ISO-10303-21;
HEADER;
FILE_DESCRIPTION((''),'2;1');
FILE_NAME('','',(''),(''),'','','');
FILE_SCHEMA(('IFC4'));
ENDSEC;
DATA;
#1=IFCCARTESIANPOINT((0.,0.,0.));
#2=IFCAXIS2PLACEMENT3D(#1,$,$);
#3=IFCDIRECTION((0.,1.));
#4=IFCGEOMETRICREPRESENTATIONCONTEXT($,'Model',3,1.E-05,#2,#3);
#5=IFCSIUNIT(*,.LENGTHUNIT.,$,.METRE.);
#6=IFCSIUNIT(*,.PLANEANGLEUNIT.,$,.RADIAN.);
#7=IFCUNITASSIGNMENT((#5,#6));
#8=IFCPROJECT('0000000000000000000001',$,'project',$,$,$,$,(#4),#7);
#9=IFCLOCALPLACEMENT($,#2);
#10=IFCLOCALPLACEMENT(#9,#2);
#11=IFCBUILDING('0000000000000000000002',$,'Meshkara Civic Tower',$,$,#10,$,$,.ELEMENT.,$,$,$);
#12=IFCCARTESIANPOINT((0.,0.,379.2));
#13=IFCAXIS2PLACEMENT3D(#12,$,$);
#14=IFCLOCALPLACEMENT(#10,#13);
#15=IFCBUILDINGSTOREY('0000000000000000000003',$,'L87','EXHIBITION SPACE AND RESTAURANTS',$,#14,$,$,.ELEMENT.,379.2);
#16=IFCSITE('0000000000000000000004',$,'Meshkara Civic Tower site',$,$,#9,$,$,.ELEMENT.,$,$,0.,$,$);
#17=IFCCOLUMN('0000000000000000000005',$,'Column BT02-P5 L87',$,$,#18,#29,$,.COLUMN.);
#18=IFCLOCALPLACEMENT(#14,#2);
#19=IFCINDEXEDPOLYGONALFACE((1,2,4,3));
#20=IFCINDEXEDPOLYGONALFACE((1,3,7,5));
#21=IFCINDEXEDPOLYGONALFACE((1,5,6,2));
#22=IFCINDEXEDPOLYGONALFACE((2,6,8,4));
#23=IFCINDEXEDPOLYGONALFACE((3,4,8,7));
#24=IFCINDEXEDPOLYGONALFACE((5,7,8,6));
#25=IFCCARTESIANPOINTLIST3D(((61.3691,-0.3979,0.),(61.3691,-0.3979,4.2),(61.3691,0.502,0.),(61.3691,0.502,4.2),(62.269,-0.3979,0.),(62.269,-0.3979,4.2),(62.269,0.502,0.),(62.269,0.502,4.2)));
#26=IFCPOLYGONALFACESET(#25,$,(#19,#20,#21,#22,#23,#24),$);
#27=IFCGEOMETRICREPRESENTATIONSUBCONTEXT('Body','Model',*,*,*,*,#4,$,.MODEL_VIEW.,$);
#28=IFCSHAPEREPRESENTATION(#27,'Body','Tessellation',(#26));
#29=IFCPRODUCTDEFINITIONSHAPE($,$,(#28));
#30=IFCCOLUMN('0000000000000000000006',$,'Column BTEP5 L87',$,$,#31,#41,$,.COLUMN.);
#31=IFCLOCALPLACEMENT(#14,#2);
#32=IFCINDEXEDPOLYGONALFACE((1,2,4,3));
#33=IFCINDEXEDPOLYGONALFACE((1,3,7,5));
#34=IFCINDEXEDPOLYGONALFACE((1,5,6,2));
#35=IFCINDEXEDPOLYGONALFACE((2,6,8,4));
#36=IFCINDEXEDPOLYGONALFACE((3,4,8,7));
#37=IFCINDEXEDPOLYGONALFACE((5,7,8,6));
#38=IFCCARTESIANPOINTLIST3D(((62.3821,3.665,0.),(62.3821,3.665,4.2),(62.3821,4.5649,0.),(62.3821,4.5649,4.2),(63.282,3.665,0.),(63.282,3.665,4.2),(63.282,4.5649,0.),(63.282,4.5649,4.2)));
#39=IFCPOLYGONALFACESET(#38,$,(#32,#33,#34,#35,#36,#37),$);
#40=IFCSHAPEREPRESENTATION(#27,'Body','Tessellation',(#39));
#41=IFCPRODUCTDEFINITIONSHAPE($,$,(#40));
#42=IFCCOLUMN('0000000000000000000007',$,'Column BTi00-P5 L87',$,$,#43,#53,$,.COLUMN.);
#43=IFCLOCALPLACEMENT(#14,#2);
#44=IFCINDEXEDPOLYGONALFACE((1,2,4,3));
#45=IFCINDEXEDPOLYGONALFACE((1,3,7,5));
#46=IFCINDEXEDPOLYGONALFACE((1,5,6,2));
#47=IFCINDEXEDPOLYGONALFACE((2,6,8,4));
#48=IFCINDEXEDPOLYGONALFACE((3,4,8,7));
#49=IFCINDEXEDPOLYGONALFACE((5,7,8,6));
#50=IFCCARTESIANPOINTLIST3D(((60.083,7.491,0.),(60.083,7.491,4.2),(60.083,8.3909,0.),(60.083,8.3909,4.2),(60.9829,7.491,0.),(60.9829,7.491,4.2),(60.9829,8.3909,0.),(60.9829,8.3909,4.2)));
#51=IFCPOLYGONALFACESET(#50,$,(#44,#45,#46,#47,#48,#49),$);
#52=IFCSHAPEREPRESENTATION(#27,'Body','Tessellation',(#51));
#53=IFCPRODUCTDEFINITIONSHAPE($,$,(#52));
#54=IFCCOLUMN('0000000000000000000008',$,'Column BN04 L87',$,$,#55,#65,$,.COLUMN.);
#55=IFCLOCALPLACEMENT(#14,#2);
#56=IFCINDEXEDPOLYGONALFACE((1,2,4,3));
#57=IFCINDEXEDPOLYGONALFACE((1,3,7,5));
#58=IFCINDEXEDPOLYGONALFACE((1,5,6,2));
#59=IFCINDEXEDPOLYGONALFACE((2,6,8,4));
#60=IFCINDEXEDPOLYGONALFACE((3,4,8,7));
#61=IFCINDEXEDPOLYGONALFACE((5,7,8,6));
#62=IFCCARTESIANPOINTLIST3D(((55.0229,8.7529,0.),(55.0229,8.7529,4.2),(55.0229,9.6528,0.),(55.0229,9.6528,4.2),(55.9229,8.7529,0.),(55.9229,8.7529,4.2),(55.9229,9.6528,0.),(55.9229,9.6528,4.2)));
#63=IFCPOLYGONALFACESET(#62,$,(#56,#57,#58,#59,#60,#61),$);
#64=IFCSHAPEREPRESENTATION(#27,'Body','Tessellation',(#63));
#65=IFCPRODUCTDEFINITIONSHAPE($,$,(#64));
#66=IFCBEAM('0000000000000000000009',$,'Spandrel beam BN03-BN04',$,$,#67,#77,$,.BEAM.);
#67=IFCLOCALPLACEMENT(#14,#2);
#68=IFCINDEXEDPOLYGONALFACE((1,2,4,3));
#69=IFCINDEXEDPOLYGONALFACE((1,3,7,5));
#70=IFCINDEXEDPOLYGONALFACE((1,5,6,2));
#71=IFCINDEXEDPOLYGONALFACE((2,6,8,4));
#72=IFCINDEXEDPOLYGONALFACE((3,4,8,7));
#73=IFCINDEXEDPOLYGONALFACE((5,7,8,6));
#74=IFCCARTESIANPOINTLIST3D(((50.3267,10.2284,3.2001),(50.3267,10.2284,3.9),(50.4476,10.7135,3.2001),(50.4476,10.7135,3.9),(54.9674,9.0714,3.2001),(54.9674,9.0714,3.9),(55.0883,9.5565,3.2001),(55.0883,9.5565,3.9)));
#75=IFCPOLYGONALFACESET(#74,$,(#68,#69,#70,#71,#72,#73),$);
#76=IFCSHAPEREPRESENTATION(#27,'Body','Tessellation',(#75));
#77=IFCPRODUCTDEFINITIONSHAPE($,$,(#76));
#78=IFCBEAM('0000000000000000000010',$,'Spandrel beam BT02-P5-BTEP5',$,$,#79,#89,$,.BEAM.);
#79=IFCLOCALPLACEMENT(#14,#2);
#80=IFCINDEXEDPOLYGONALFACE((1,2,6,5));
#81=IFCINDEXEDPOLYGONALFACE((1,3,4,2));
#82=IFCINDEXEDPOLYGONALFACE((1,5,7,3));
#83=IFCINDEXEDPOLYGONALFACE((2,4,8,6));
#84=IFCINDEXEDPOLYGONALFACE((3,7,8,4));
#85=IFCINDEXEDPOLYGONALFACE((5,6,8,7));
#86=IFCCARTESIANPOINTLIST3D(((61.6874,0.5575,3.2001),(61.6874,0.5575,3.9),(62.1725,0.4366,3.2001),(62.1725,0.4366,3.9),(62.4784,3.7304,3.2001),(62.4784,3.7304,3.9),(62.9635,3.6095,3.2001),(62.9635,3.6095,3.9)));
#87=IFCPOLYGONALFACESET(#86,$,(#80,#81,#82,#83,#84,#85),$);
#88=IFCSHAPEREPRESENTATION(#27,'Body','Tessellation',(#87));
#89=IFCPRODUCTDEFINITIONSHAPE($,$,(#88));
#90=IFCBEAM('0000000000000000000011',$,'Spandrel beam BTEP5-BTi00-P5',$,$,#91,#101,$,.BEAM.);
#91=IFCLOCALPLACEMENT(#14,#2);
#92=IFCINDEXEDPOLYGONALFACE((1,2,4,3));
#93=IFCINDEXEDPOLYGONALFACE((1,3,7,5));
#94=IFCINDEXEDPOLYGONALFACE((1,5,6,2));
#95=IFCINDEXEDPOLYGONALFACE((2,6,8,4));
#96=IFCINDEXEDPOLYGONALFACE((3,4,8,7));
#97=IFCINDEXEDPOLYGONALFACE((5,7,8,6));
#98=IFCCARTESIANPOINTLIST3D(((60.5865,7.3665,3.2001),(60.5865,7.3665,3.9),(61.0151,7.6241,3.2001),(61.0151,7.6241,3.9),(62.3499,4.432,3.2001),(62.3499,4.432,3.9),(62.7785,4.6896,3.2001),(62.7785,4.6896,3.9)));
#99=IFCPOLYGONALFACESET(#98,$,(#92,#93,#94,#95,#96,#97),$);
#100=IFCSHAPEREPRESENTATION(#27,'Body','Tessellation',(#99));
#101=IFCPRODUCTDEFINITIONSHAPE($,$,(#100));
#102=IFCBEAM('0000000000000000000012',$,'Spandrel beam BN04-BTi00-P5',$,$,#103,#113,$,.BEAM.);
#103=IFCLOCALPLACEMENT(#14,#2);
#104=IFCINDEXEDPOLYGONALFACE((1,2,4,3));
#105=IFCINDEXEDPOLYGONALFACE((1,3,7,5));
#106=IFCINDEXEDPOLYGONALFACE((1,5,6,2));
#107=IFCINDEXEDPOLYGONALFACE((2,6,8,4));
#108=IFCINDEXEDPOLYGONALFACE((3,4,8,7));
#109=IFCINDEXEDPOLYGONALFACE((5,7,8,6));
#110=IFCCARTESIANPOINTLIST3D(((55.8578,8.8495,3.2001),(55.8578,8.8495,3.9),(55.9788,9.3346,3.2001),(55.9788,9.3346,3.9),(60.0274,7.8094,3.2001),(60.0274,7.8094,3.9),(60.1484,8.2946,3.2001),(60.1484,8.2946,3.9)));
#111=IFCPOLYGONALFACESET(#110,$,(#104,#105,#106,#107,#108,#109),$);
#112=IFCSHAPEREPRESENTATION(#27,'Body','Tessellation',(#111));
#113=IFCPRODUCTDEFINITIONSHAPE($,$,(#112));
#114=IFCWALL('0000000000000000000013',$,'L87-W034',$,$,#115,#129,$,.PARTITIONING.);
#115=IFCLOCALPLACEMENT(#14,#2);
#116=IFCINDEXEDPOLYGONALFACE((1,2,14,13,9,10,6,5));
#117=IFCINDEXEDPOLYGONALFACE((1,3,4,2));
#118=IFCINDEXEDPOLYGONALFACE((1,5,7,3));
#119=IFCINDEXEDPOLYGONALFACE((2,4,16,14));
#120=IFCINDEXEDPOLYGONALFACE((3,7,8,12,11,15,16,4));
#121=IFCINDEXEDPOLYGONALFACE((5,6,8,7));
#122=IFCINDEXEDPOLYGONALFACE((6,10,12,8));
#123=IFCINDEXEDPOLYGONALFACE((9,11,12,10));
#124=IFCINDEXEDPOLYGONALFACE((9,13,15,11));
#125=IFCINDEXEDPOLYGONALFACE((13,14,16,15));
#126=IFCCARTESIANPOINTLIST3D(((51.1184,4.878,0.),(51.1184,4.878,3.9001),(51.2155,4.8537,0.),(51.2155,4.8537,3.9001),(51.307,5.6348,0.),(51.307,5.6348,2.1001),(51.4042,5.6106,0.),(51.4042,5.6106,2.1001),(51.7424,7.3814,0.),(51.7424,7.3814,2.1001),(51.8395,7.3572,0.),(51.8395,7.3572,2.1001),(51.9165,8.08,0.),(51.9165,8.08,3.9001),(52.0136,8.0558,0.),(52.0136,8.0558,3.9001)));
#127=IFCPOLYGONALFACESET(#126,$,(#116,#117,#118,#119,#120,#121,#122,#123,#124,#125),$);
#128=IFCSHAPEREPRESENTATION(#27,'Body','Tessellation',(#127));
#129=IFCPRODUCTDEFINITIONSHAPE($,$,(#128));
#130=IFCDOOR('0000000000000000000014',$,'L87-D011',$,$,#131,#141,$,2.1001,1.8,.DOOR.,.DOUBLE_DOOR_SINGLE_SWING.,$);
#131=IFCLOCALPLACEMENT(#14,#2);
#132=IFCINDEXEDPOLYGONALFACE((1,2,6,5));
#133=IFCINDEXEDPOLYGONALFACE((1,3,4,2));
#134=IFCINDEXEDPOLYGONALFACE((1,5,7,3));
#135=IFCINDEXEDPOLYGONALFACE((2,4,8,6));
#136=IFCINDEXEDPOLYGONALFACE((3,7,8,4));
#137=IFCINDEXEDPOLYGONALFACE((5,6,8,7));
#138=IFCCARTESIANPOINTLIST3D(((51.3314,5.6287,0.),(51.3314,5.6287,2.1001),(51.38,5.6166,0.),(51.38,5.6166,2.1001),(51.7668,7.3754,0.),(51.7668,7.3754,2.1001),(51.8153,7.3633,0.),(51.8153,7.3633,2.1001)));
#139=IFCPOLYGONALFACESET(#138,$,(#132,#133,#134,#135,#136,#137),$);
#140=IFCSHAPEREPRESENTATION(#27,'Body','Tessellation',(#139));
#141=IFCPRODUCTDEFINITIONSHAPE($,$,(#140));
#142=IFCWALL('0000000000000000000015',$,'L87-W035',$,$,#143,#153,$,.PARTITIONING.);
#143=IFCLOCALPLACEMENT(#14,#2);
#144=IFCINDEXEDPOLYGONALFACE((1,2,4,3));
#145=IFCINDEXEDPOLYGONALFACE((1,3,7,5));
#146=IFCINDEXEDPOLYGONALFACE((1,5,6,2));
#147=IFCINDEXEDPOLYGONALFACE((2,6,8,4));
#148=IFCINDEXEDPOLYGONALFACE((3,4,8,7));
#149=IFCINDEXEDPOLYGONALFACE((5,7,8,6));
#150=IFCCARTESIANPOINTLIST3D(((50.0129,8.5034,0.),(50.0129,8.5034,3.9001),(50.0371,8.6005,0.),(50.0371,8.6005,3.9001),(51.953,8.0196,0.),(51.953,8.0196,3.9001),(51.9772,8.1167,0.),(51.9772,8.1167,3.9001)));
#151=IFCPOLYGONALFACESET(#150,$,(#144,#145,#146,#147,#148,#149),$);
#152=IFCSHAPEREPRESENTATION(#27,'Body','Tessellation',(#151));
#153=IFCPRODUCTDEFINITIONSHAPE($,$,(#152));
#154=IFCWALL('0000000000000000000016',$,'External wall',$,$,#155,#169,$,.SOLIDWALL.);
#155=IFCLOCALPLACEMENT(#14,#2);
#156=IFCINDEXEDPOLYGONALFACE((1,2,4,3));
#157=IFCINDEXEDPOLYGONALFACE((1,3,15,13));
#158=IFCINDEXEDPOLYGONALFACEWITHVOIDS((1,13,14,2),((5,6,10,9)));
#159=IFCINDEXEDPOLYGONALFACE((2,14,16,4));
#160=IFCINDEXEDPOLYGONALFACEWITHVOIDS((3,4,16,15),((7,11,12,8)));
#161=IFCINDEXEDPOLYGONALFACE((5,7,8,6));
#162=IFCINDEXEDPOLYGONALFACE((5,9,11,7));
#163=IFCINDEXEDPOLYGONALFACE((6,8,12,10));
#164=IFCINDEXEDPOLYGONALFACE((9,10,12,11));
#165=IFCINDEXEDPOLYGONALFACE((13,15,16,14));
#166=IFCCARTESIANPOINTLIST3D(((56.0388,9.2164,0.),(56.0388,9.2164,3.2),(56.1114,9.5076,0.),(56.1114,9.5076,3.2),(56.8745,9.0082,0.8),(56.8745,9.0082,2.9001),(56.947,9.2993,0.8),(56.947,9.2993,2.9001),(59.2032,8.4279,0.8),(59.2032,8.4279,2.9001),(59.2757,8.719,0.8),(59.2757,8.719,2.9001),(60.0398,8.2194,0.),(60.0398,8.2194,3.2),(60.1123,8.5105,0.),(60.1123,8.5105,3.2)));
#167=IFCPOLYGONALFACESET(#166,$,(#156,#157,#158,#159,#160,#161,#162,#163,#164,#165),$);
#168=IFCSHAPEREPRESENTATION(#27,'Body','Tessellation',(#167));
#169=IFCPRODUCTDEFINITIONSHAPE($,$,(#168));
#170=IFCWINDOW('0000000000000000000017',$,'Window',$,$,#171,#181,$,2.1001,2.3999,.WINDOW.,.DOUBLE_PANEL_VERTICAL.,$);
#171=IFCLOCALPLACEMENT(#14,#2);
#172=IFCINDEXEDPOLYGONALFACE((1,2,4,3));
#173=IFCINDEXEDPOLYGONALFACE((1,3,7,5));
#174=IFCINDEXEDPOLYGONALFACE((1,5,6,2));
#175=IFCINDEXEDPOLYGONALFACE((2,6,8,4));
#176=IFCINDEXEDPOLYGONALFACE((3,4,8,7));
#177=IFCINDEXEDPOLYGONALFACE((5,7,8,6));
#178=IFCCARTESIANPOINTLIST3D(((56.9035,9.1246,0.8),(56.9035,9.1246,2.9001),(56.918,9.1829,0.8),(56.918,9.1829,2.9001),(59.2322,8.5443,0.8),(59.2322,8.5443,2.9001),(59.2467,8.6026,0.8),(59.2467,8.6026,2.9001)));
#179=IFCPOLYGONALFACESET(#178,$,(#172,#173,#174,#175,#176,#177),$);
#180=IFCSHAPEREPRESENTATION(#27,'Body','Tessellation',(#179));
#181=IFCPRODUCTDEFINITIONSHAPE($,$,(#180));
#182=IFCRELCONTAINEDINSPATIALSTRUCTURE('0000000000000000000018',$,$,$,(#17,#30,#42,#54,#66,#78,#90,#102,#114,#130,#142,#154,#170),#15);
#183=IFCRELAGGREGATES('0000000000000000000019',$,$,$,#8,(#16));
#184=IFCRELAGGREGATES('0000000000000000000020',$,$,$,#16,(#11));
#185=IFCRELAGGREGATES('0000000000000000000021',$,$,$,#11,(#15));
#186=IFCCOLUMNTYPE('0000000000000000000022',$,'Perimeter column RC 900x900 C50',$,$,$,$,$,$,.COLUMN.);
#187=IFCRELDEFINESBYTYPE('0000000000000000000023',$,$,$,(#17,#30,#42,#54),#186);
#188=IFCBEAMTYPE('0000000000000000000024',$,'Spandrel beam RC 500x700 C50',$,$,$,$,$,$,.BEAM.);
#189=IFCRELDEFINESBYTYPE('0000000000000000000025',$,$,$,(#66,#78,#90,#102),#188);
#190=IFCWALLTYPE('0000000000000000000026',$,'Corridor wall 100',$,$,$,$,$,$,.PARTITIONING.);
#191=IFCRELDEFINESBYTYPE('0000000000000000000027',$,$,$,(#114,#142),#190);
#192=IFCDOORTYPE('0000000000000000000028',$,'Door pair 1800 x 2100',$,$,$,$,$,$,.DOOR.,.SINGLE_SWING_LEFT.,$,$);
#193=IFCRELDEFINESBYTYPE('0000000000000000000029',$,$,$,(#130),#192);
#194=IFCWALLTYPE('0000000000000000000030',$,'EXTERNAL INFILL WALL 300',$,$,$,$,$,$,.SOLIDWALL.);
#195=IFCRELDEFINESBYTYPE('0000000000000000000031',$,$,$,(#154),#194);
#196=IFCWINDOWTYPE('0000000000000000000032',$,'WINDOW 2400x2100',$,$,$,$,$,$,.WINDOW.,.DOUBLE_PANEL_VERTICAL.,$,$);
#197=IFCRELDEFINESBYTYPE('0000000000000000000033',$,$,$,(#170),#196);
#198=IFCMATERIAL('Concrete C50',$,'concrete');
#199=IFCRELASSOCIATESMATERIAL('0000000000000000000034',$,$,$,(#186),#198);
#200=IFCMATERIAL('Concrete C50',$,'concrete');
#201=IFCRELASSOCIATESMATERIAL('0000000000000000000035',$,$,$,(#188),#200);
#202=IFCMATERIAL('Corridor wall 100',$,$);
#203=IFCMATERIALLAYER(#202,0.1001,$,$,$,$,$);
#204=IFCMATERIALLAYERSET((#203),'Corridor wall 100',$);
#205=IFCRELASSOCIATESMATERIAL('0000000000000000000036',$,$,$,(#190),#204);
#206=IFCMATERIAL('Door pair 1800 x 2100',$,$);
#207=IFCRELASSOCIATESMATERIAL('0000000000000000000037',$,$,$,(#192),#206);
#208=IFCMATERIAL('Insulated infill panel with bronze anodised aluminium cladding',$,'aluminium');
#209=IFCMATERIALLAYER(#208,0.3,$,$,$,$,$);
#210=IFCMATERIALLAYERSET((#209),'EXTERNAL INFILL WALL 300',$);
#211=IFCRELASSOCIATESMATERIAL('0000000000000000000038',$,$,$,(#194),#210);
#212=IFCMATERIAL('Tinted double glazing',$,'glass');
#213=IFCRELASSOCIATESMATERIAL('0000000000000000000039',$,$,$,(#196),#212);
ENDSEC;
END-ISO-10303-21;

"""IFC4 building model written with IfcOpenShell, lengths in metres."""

from ifc_helpers import new_model, si_unit, direction, frame, frame_2d, origin, origin_2d, place, context, subcontext, project, spatial, rectangle, extrude, material, layer, layer_set, material_profile, profile_set, type_object, element, fill, save


model = new_model("IFC4")

# Units and contexts
model_context = context("Model", 3, precision=1e-05, world=origin(), true_north=direction((0.0, 1.0)))
body_context = subcontext(model_context, "Body", "Model", "MODEL_VIEW")
ifc_project = project(units=[si_unit("LENGTHUNIT", "METRE"), si_unit("PLANEANGLEUNIT", "RADIAN")], contexts=[model_context])

# Site, building, storey
site_placement = place(None, origin())
site = spatial("IfcSite", under=ifc_project, at=site_placement, Name="Meshkara Civic Tower site", CompositionType="ELEMENT", RefElevation=0.0)
building_placement = place(site_placement, origin())
building = spatial("IfcBuilding", under=site, at=building_placement, Name="Meshkara Civic Tower", CompositionType="ELEMENT")
storey_placement = place(building_placement, frame((0.0, 0.0, 379.2)))
storey = spatial("IfcBuildingStorey", under=building, at=storey_placement, Name="L87", Description="EXHIBITION SPACE AND RESTAURANTS", CompositionType="ELEMENT", Elevation=379.2)

# Columns
ifc_material_1 = material(Name="Concrete C50", Category="concrete")
ifc_material_profile_1 = material_profile(ifc_material_1, rectangle(XDim=0.8999, YDim=0.8999, at=origin_2d()))
ifc_profile_set_1 = profile_set([ifc_material_profile_1], Name="Concrete C50")
column_type = type_object("IfcColumnType", Name="Perimeter column RC 900x900 C50", PredefinedType="COLUMN", material=ifc_profile_set_1)
for number, where, z_axis, x_axis, name in (
    (1, (61.8191, 0.052, 0.0), (0.0, 0.0, 1.0), (1.0, 0.0, 0.0), "Column BT02-P5 L87"),
    (2, (62.832, 4.115, 0.0), (0.0, 0.0, 1.0), (1.0, 0.0, 0.0), "Column BTEP5 L87"),
    (3, (60.533, 7.9409, 0.0), (0.0, 0.0, 1.0), (1.0, 0.0, 0.0), "Column BTi00-P5 L87"),
    (4, (55.4729, 9.2029, 0.0), (0.0, 0.0, 1.0), (1.0, 0.0, 0.0), "Column BN04 L87"),
):
    element("IfcColumn", number, at=place(storey_placement, frame(where, z_axis=z_axis, x_axis=x_axis)), inside=storey, type_object=column_type, Name=name, PredefinedType="COLUMN", context=body_context, shape_type="SweptSolid", body=[
        extrude(rectangle(XDim=0.8999, YDim=0.8999, at=origin_2d()), origin(), (0.0, 0.0, 1.0), 4.2),
    ])

# Beams
ifc_material_2 = material(Name="Concrete C50", Category="concrete")
ifc_material_profile_2 = material_profile(ifc_material_2, rectangle(XDim=0.5, YDim=0.7, at=origin_2d()))
ifc_profile_set_2 = profile_set([ifc_material_profile_2], Name="Concrete C50")
beam_type = type_object("IfcBeamType", Name="Spandrel beam RC 500x700 C50", PredefinedType="BEAM", material=ifc_profile_set_2)
beam_1_placement = place(storey_placement, frame((55.0278, 9.314, 3.55), z_axis=(-0.970298, 0.241911, 0.0), x_axis=(-0.241911, -0.970298, 0.0)))
element("IfcBeam", 5, at=beam_1_placement, inside=storey, type_object=beam_type, Name="Spandrel beam BN03-BN04", PredefinedType="BEAM", context=body_context, shape_type="SweptSolid", body=[
    extrude(rectangle(XDim=0.5, YDim=0.7, at=origin_2d()), origin(), (0.0, 0.0, 1.0), 4.7827),
])
beam_2_placement = place(storey_placement, frame((61.9299, 0.4971, 3.55), z_axis=(0.241903, 0.9703, 0.0), x_axis=(-0.9703, 0.241903, 0.0)))
element("IfcBeam", 6, at=beam_2_placement, inside=storey, type_object=beam_type, Name="Spandrel beam BT02-P5-BTEP5", PredefinedType="BEAM", context=body_context, shape_type="SweptSolid", body=[
    extrude(rectangle(XDim=0.5, YDim=0.7, at=origin_2d()), origin(), (0.0, 0.0, 1.0), 3.27),
])
beam_3_placement = place(storey_placement, frame((62.5642, 4.5608, 3.55), z_axis=(-0.515072, 0.857147, 0.0), x_axis=(-0.857147, -0.515072, 0.0)))
element("IfcBeam", 7, at=beam_3_placement, inside=storey, type_object=beam_type, Name="Spandrel beam BTEP5-BTi00-P5", PredefinedType="BEAM", context=body_context, shape_type="SweptSolid", body=[
    extrude(rectangle(XDim=0.5, YDim=0.7, at=origin_2d()), origin(), (0.0, 0.0, 1.0), 3.4236),
])
beam_4_placement = place(storey_placement, frame((60.0879, 8.052, 3.55), z_axis=(-0.970273, 0.242014, 0.0), x_axis=(-0.242014, -0.970273, 0.0)))
element("IfcBeam", 8, at=beam_4_placement, inside=storey, type_object=beam_type, Name="Spandrel beam BN04-BTi00-P5", PredefinedType="BEAM", context=body_context, shape_type="SweptSolid", body=[
    extrude(rectangle(XDim=0.5, YDim=0.7, at=origin_2d()), origin(), (0.0, 0.0, 1.0), 4.2974),
])

# Wall, opening, door
ifc_material_3 = material(Name="Corridor wall 100")
ifc_layer_1 = layer(ifc_material_3, 0.1001)
ifc_layer_set_1 = layer_set([ifc_layer_1], Name="Corridor wall 100")
wall_type_1 = type_object("IfcWallType", Name="Corridor wall 100", PredefinedType="PARTITIONING", material=ifc_layer_set_1)
wall_1_placement = place(storey_placement, frame((51.167, 4.866, 0.0), z_axis=(0.0, 0.0, 1.0), x_axis=(0.241839, 0.970316, 0.0)))
wall_1 = element("IfcWall", 9, at=wall_1_placement, inside=storey, type_object=wall_type_1, Name="L87-W034", PredefinedType="PARTITIONING", context=body_context, shape_type="SweptSolid", body=[
    extrude(rectangle(XDim=3.3, YDim=0.1001, at=frame_2d((1.6499, 0.0))), origin(), (0.0, 0.0, 1.0), 3.9001),
])
opening_1_placement = place(wall_1_placement, frame((0.78, 0.0, 0.0)))
opening_1 = element("IfcOpeningElement", 10, at=opening_1_placement, cuts=wall_1, PredefinedType="OPENING", context=body_context, shape_type="SweptSolid", body=[
    extrude(rectangle(XDim=1.8, YDim=2.1001, at=frame_2d((0.8999, 1.05))), frame((0.0, 0.0601, 0.0), z_axis=(0.0, -1.0, 0.0), x_axis=(1.0, 0.0, 0.0)), (0.0, 0.0, 1.0), 0.1201),
])
ifc_material_4 = material(Name="Door pair 1800 x 2100")
door_type = type_object("IfcDoorType", Name="Door pair 1800 x 2100", OperationType="SINGLE_SWING_LEFT", PredefinedType="DOOR", material=ifc_material_4)
door_placement = place(opening_1_placement, origin())
door = element("IfcDoor", 11, at=door_placement, inside=storey, type_object=door_type, Name="L87-D011", OperationType="DOUBLE_DOOR_SINGLE_SWING", OverallHeight=2.1001, OverallWidth=1.8, PredefinedType="DOOR", context=body_context, shape_type="SweptSolid", body=[
    extrude(rectangle(XDim=1.8, YDim=2.1001, at=frame_2d((0.8999, 1.05))), frame((0.0, 0.0249, 0.0), z_axis=(0.0, -1.0, 0.0), x_axis=(1.0, 0.0, 0.0)), (0.0, 0.0, 1.0), 0.05),
])
fill(opening_1, door)

# Wall
wall_2_placement = place(storey_placement, frame((51.9651, 8.0681, 0.0), z_axis=(0.0, 0.0, 1.0), x_axis=(-0.970279, 0.24199, 0.0)))
element("IfcWall", 12, at=wall_2_placement, inside=storey, type_object=wall_type_1, Name="L87-W035", PredefinedType="PARTITIONING", context=body_context, shape_type="SweptSolid", body=[
    extrude(rectangle(XDim=1.9995, YDim=0.1001, at=frame_2d((0.9998, 0.0))), origin(), (0.0, 0.0, 1.0), 3.9001),
])

# Wall, opening, window
ifc_material_5 = material(Name="Insulated infill panel with bronze anodised aluminium cladding", Category="aluminium")
ifc_layer_2 = layer(ifc_material_5, 0.3)
ifc_layer_set_2 = layer_set([ifc_layer_2], Name="EXTERNAL INFILL WALL 300")
wall_type_2 = type_object("IfcWallType", Name="EXTERNAL INFILL WALL 300", PredefinedType="SOLIDWALL", material=ifc_layer_set_2)
wall_3_placement = place(storey_placement, frame((60.0759, 8.365, 0.0), z_axis=(0.0, 0.0, 1.0), x_axis=(-0.970323, 0.241811, 0.0)))
wall_3 = element("IfcWall", 13, at=wall_3_placement, inside=storey, type_object=wall_type_2, Name="External wall", PredefinedType="SOLIDWALL", context=body_context, shape_type="SweptSolid", body=[
    extrude(rectangle(XDim=4.1233, YDim=0.3, at=frame_2d((2.0615, 0.0))), origin(), (0.0, 0.0, 1.0), 3.2),
])
opening_2_placement = place(wall_3_placement, frame((0.8621, 0.0, 0.8)))
opening_2 = element("IfcOpeningElement", 14, at=opening_2_placement, cuts=wall_3, PredefinedType="OPENING", context=body_context, shape_type="SweptSolid", body=[
    extrude(rectangle(XDim=2.3999, YDim=2.1001, at=frame_2d((1.2, 1.05))), frame((0.0, 0.1599, 0.0), z_axis=(0.0, -1.0, 0.0), x_axis=(1.0, 0.0, 0.0)), (0.0, 0.0, 1.0), 0.3201),
])
ifc_material_6 = material(Name="Tinted double glazing", Category="glass")
window_type = type_object("IfcWindowType", Name="WINDOW 2400x2100", PartitioningType="DOUBLE_PANEL_VERTICAL", PredefinedType="WINDOW", material=ifc_material_6)
window_1_placement = place(opening_2_placement, origin())
window_1 = element("IfcWindow", 15, at=window_1_placement, inside=storey, type_object=window_type, Name="Window", OverallHeight=2.1001, OverallWidth=2.3999, PartitioningType="DOUBLE_PANEL_VERTICAL", PredefinedType="WINDOW", context=body_context, shape_type="SweptSolid", body=[
    extrude(rectangle(XDim=2.3999, YDim=2.1001, at=frame_2d((1.2, 1.05))), frame((0.0, 0.03, 0.0), z_axis=(0.0, -1.0, 0.0), x_axis=(1.0, 0.0, 0.0)), (0.0, 0.0, 1.0), 0.0601),
])
fill(opening_2, window_1)

save(model, "model.ifc")
